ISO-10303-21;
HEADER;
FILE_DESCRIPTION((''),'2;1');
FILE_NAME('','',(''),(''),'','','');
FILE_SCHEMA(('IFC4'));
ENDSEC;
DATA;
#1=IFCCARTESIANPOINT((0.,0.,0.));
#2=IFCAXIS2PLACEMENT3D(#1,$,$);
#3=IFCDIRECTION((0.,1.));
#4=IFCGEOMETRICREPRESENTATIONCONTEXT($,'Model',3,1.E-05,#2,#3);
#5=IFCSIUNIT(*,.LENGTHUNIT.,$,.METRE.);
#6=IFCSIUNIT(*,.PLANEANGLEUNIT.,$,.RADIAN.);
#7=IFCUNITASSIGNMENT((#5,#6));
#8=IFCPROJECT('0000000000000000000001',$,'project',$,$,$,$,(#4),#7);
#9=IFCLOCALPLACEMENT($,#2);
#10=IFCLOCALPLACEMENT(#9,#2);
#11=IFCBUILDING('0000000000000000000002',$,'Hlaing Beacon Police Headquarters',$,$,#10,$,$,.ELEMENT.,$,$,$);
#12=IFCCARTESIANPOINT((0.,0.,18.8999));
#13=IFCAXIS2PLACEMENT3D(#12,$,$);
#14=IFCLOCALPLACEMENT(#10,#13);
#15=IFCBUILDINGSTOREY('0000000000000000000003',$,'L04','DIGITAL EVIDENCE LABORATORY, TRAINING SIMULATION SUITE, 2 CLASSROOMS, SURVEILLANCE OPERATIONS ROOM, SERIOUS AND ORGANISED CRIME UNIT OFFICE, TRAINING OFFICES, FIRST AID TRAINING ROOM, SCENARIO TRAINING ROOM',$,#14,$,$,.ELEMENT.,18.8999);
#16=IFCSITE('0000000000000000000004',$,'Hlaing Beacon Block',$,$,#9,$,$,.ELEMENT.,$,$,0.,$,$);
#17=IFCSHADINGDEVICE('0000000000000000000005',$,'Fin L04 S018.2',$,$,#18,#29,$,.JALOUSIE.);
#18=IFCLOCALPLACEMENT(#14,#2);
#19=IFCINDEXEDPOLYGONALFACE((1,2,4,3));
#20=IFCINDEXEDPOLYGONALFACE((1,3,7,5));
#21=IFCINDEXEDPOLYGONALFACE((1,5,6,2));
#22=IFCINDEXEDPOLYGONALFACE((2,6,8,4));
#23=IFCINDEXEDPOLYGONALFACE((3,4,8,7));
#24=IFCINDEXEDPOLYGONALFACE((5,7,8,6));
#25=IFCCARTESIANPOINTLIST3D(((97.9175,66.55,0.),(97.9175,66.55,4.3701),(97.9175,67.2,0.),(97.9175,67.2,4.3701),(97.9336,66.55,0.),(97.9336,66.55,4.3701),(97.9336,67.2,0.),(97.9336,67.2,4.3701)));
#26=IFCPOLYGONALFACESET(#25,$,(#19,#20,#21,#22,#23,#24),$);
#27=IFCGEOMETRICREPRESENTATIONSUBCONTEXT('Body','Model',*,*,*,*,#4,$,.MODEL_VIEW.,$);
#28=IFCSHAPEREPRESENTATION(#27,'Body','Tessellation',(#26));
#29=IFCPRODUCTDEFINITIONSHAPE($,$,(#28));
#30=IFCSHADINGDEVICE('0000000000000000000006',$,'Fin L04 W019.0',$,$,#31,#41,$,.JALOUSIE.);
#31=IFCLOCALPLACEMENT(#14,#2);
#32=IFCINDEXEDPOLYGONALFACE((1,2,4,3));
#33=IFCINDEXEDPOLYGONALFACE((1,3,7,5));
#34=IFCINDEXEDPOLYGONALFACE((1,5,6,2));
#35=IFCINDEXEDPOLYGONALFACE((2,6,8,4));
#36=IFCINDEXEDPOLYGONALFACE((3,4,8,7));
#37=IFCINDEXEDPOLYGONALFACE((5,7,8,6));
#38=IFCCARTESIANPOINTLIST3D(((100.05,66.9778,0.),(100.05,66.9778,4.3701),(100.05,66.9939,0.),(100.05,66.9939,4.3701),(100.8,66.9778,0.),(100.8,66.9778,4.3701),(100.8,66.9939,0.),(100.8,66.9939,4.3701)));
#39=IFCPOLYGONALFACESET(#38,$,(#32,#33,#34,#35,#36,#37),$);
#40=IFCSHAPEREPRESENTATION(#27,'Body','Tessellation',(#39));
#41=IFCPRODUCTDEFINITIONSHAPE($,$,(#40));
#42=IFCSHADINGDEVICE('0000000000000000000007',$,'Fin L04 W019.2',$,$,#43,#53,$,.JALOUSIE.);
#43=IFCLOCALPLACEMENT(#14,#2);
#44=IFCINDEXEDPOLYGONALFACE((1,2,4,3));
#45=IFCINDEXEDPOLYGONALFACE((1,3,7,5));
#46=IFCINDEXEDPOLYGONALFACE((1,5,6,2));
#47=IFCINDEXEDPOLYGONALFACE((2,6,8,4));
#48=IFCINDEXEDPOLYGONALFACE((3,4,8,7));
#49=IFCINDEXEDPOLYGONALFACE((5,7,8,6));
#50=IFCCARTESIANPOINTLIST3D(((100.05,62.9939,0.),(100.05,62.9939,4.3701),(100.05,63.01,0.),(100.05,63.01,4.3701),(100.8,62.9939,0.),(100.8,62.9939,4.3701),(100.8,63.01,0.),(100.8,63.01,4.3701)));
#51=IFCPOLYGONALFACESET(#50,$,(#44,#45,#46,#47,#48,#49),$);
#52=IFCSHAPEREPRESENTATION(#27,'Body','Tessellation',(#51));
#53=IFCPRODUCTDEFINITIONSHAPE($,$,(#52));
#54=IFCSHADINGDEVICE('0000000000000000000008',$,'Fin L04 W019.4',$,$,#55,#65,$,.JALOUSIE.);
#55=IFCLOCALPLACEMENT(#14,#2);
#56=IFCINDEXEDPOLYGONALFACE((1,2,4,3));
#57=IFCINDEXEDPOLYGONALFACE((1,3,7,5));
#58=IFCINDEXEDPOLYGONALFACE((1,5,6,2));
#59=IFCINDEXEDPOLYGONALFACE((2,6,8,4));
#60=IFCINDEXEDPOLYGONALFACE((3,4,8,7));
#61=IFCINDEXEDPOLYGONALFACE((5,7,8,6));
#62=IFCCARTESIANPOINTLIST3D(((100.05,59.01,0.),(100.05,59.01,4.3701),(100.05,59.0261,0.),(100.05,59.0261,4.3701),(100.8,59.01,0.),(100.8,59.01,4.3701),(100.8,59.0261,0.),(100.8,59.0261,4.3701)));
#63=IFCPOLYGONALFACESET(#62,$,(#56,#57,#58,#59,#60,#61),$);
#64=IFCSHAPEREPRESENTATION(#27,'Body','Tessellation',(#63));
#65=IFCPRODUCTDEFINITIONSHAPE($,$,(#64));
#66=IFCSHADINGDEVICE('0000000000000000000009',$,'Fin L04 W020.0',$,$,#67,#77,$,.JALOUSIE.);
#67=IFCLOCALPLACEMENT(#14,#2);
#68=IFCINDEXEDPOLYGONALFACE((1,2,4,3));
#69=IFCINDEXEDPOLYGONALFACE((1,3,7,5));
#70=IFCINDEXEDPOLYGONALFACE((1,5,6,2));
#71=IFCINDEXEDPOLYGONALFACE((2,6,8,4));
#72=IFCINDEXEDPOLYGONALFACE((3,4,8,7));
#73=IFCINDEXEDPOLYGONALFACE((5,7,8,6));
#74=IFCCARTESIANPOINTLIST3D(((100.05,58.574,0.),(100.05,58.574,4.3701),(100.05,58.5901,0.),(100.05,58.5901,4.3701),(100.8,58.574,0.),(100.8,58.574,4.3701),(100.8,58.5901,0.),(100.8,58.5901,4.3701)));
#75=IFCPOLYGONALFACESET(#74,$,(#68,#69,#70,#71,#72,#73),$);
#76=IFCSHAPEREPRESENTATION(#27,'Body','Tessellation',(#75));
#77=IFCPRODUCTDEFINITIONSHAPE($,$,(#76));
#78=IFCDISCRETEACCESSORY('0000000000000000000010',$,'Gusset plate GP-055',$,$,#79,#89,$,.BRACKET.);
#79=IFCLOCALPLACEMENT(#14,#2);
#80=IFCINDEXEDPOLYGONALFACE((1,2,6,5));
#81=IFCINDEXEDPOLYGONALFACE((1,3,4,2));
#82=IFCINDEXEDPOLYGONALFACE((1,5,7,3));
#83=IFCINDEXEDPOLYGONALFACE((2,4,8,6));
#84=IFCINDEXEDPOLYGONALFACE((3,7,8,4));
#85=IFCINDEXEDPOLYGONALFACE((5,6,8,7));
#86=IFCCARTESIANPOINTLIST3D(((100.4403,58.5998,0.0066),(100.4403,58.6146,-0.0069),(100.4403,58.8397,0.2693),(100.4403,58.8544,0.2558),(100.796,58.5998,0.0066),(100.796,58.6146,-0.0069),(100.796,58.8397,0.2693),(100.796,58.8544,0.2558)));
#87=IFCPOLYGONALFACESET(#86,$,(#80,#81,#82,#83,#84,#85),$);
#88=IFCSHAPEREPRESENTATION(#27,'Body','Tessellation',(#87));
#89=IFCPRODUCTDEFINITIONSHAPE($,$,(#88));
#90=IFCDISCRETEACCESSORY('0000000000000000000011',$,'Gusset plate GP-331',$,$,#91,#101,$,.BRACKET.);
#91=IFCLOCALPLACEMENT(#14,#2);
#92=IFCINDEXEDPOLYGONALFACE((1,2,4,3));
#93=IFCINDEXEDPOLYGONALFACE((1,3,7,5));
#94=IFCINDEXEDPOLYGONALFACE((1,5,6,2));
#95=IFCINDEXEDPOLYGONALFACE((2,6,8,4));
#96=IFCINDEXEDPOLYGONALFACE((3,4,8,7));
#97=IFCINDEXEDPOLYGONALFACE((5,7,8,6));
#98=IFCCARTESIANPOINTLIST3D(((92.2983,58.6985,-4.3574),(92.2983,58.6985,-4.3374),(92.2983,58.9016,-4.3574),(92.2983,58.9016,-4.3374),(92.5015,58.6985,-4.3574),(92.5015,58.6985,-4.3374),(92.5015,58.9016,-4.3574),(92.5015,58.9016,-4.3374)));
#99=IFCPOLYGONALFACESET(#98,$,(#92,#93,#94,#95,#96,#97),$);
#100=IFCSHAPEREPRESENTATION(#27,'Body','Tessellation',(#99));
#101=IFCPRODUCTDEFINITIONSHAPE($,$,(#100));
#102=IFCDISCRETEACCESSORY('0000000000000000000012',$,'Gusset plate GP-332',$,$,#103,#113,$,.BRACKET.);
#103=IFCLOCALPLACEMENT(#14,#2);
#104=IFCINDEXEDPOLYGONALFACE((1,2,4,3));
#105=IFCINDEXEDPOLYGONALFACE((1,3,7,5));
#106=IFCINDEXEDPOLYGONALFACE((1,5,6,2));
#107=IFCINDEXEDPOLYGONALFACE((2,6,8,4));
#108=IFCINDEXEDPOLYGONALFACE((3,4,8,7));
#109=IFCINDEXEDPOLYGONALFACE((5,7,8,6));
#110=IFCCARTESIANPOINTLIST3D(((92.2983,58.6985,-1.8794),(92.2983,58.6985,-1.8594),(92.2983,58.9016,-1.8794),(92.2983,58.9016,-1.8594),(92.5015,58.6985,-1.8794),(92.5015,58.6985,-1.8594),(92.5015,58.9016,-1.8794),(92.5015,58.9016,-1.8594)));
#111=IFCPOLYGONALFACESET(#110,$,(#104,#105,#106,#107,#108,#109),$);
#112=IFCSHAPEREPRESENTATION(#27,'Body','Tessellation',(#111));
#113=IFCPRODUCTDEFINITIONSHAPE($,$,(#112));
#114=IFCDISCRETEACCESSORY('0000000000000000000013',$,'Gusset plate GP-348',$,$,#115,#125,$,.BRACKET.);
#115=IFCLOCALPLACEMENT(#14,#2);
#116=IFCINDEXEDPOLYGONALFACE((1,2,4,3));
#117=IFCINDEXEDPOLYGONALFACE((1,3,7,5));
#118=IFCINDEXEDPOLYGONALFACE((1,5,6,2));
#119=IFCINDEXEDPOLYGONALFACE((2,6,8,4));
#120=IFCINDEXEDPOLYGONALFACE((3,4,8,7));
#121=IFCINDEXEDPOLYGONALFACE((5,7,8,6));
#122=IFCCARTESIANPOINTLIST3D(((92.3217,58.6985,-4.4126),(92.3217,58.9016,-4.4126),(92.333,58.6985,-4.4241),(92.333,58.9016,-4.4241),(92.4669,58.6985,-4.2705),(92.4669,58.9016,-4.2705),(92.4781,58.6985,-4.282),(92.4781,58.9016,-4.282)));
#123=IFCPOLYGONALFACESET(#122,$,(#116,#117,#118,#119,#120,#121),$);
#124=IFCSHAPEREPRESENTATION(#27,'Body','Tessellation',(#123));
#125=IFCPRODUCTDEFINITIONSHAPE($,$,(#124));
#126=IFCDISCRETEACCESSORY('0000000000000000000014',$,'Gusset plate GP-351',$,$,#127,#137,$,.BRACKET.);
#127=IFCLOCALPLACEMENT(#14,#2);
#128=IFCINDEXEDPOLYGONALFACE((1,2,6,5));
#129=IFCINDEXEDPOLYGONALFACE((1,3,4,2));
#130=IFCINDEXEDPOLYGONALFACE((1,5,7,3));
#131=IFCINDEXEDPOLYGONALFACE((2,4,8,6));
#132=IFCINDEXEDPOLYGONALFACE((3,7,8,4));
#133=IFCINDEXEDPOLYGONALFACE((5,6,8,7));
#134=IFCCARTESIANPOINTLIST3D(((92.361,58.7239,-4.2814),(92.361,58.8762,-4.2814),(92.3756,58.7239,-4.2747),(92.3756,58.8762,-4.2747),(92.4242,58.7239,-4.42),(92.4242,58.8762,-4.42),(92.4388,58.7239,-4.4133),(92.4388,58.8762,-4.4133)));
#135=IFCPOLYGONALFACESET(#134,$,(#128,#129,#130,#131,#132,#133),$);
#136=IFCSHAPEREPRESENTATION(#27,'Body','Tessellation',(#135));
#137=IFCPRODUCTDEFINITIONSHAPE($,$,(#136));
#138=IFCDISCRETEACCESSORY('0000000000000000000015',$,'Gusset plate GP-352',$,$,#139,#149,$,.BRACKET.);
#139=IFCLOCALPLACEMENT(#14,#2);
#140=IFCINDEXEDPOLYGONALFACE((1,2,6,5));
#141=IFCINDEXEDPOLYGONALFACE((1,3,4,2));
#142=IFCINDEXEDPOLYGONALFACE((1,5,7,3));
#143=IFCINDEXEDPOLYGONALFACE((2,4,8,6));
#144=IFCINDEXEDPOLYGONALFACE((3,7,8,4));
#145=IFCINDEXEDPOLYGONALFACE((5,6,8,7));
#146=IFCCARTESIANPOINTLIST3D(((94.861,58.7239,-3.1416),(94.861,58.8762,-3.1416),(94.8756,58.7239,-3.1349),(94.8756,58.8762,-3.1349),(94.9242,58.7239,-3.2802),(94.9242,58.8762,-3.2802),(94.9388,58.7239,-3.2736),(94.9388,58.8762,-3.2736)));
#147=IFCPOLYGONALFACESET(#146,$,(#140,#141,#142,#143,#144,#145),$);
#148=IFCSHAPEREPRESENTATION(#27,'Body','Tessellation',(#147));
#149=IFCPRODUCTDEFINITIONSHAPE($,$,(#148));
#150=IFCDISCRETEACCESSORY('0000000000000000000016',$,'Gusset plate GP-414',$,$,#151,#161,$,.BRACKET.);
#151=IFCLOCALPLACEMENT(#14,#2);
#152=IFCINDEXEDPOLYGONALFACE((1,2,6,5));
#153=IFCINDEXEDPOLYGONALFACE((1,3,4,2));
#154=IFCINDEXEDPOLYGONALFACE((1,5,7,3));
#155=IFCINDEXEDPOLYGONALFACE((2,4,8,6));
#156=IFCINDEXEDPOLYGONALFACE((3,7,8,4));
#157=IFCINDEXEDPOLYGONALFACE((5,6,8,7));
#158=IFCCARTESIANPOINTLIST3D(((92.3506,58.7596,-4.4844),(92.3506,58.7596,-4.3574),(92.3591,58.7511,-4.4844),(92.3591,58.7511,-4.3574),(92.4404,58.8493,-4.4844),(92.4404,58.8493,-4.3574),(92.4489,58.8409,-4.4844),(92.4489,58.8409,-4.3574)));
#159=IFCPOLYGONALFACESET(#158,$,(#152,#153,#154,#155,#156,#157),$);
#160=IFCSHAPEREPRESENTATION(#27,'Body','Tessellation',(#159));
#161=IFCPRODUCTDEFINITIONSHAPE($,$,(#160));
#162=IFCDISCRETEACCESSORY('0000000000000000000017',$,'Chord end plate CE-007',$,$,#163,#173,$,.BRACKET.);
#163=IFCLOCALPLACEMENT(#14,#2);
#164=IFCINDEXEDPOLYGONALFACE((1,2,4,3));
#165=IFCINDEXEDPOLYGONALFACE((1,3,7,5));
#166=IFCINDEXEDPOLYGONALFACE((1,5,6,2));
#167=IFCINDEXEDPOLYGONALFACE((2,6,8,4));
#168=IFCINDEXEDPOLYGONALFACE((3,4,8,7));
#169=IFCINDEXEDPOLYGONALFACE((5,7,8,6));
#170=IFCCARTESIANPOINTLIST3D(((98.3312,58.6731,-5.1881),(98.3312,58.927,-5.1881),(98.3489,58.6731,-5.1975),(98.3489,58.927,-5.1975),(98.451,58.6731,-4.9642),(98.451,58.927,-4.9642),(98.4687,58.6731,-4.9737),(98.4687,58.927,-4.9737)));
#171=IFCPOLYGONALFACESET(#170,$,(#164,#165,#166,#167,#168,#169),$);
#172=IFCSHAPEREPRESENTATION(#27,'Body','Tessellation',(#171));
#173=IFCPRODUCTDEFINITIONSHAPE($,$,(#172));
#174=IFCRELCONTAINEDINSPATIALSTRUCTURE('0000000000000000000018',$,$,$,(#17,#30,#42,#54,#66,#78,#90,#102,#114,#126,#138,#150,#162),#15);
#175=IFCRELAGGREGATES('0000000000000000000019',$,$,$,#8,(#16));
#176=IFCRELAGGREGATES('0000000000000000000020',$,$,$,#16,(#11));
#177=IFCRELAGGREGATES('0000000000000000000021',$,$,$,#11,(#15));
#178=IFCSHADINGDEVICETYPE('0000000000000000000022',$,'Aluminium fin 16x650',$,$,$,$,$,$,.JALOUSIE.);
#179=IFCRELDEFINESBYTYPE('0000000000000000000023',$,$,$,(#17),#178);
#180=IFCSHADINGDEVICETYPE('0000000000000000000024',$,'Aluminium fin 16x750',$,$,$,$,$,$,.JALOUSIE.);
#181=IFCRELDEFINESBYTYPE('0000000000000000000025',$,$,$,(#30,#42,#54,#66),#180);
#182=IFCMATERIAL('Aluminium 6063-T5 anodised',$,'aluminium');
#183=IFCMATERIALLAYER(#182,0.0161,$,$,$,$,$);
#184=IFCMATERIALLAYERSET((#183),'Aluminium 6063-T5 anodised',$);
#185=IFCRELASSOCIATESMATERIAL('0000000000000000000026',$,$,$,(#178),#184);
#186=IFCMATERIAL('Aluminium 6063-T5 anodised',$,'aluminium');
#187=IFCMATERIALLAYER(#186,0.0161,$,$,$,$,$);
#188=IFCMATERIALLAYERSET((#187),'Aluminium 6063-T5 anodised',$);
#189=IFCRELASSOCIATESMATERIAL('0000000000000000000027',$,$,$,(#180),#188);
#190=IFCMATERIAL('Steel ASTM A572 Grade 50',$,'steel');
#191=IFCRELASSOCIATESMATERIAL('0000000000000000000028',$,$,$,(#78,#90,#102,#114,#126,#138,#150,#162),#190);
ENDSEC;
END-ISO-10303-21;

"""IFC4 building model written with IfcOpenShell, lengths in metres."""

from ifc_helpers import new_model, si_unit, direction, frame, origin, origin_2d, place, context, subcontext, project, spatial, rectangle, extrude, material, layer, layer_set, type_object, element, save


model = new_model("IFC4")

# Units and contexts
model_context = context("Model", 3, precision=1e-05, world=origin(), true_north=direction((0.0, 1.0)))
body_context = subcontext(model_context, "Body", "Model", "MODEL_VIEW")
ifc_project = project(units=[si_unit("LENGTHUNIT", "METRE"), si_unit("PLANEANGLEUNIT", "RADIAN")], contexts=[model_context])

# Site, building, storey
site_placement = place(None, origin())
site = spatial("IfcSite", under=ifc_project, at=site_placement, Name="Hlaing Beacon Block", CompositionType="ELEMENT", RefElevation=0.0)
building_placement = place(site_placement, origin())
building = spatial("IfcBuilding", under=site, at=building_placement, Name="Hlaing Beacon Police Headquarters", CompositionType="ELEMENT")
storey_placement = place(building_placement, frame((0.0, 0.0, 18.8999)))
storey = spatial("IfcBuildingStorey", under=building, at=storey_placement, Name="L04", Description="DIGITAL EVIDENCE LABORATORY, TRAINING SIMULATION SUITE, 2 CLASSROOMS, SURVEILLANCE OPERATIONS ROOM, SERIOUS AND ORGANISED CRIME UNIT OFFICE, TRAINING OFFICES, FIRST AID TRAINING ROOM, SCENARIO TRAINING ROOM", CompositionType="ELEMENT", Elevation=18.8999)

# Shading devices
ifc_material_1 = material(Name="Aluminium 6063-T5 anodised", Category="aluminium")
ifc_layer_1 = layer(ifc_material_1, 0.0161)
ifc_layer_set_1 = layer_set([ifc_layer_1], Name="Aluminium 6063-T5 anodised")
shading_device_type_1 = type_object("IfcShadingDeviceType", Name="Aluminium fin 16x650", PredefinedType="JALOUSIE", material=ifc_layer_set_1)
for number, where, z_axis, x_axis, name in (
    (1, (97.9255, 66.875, 0.0), (0.0, 0.0, 1.0), (1.0, 0.0, 0.0), "Fin L04 S018.2"),
):
    element("IfcShadingDevice", number, at=place(storey_placement, frame(where, z_axis=z_axis, x_axis=x_axis)), inside=storey, type_object=shading_device_type_1, Name=name, PredefinedType="JALOUSIE", context=body_context, shape_type="SweptSolid", body=[
        extrude(rectangle(XDim=0.0161, YDim=0.6499, at=origin_2d()), origin(), (0.0, 0.0, 1.0), 4.3701),
    ])
ifc_material_2 = material(Name="Aluminium 6063-T5 anodised", Category="aluminium")
ifc_layer_2 = layer(ifc_material_2, 0.0161)
ifc_layer_set_2 = layer_set([ifc_layer_2], Name="Aluminium 6063-T5 anodised")
shading_device_type_2 = type_object("IfcShadingDeviceType", Name="Aluminium fin 16x750", PredefinedType="JALOUSIE", material=ifc_layer_set_2)
for number, where, z_axis, x_axis, name in (
    (2, (100.425, 66.9858, 0.0), (0.0, 0.0, 1.0), (0.0, -1.0, 0.0), "Fin L04 W019.0"),
    (3, (100.425, 63.002, 0.0), (0.0, 0.0, 1.0), (0.0, -1.0, 0.0), "Fin L04 W019.2"),
    (4, (100.425, 59.0181, 0.0), (0.0, 0.0, 1.0), (0.0, -1.0, 0.0), "Fin L04 W019.4"),
    (5, (100.425, 58.582, 0.0), (0.0, 0.0, 1.0), (0.0, -1.0, 0.0), "Fin L04 W020.0"),
):
    element("IfcShadingDevice", number, at=place(storey_placement, frame(where, z_axis=z_axis, x_axis=x_axis)), inside=storey, type_object=shading_device_type_2, Name=name, PredefinedType="JALOUSIE", context=body_context, shape_type="SweptSolid", body=[
        extrude(rectangle(XDim=0.0161, YDim=0.75, at=origin_2d()), origin(), (0.0, 0.0, 1.0), 4.3701),
    ])

# Discrete accessories
ifc_material_3 = material(Name="Steel ASTM A572 Grade 50", Category="steel")
discrete_accessory_1_placement = place(storey_placement, frame((100.6182, 58.7197, 0.1379), z_axis=(0.0, 0.738447, -0.674312), x_axis=(-1.0, 0.0, 0.0)))
element("IfcDiscreteAccessory", 6, at=discrete_accessory_1_placement, inside=storey, material=ifc_material_3, Name="Gusset plate GP-055", PredefinedType="BRACKET", context=body_context, shape_type="SweptSolid", body=[
    extrude(rectangle(XDim=0.3557, YDim=0.3557, at=origin_2d()), origin(), (0.0, 0.0, 1.0), 0.02),
])
for number, where, z_axis, x_axis, name in (
    (7, (92.3999, 58.8, -4.3374), (0.0, 0.0, -1.0), (1.0, 0.0, 0.0), "Gusset plate GP-331"),
    (8, (92.3999, 58.8, -1.8794), (0.0, 0.0, 1.0), (1.0, 0.0, 0.0), "Gusset plate GP-332"),
):
    element("IfcDiscreteAccessory", number, at=place(storey_placement, frame(where, z_axis=z_axis, x_axis=x_axis)), inside=storey, material=ifc_material_3, Name=name, PredefinedType="BRACKET", context=body_context, shape_type="SweptSolid", body=[
        extrude(rectangle(XDim=0.2031, YDim=0.2031, at=origin_2d()), origin(), (0.0, 0.0, 1.0), 0.02),
    ])
discrete_accessory_2_placement = place(storey_placement, frame((92.3943, 58.8, -4.3416), z_axis=(0.699585, 0.0, -0.71455), x_axis=(0.0, 1.0, 0.0)))
element("IfcDiscreteAccessory", 9, at=discrete_accessory_2_placement, inside=storey, material=ifc_material_3, Name="Gusset plate GP-348", PredefinedType="BRACKET", context=body_context, shape_type="SweptSolid", body=[
    extrude(rectangle(XDim=0.2031, YDim=0.2031, at=origin_2d()), origin(), (0.0, 0.0, 1.0), 0.0161),
])
for number, where, z_axis, x_axis, name in (
    (10, (92.4072, 58.8, -4.344), (-0.909882, 0.0, -0.414867), (0.0, -1.0, 0.0), "Gusset plate GP-351"),
    (11, (94.8926, 58.8, -3.2109), (0.909882, 0.0, 0.414867), (0.0, 1.0, 0.0), "Gusset plate GP-352"),
):
    element("IfcDiscreteAccessory", number, at=place(storey_placement, frame(where, z_axis=z_axis, x_axis=x_axis)), inside=storey, material=ifc_material_3, Name=name, PredefinedType="BRACKET", context=body_context, shape_type="SweptSolid", body=[
        extrude(rectangle(XDim=0.1523, YDim=0.1523, at=origin_2d()), origin(), (0.0, 0.0, 1.0), 0.0161),
    ])
discrete_accessory_3_placement = place(storey_placement, frame((92.3955, 58.8044, -4.4209), z_axis=(0.707107, -0.707107, 0.0), x_axis=(0.707107, 0.707107, 0.0)))
element("IfcDiscreteAccessory", 12, at=discrete_accessory_3_placement, inside=storey, material=ifc_material_3, Name="Gusset plate GP-414", PredefinedType="BRACKET", context=body_context, shape_type="SweptSolid", body=[
    extrude(rectangle(XDim=0.127, YDim=0.127, at=origin_2d()), origin(), (0.0, 0.0, 1.0), 0.012),
])
discrete_accessory_4_placement = place(storey_placement, frame((98.3911, 58.8, -5.0762), z_axis=(0.881655, 0.0, -0.471895), x_axis=(0.0, 1.0, 0.0)))
element("IfcDiscreteAccessory", 13, at=discrete_accessory_4_placement, inside=storey, material=ifc_material_3, Name="Chord end plate CE-007", PredefinedType="BRACKET", context=body_context, shape_type="SweptSolid", body=[
    extrude(rectangle(XDim=0.2539, YDim=0.2539, at=origin_2d()), origin(), (0.0, 0.0, 1.0), 0.02),
])

save(model, "model.ifc")
